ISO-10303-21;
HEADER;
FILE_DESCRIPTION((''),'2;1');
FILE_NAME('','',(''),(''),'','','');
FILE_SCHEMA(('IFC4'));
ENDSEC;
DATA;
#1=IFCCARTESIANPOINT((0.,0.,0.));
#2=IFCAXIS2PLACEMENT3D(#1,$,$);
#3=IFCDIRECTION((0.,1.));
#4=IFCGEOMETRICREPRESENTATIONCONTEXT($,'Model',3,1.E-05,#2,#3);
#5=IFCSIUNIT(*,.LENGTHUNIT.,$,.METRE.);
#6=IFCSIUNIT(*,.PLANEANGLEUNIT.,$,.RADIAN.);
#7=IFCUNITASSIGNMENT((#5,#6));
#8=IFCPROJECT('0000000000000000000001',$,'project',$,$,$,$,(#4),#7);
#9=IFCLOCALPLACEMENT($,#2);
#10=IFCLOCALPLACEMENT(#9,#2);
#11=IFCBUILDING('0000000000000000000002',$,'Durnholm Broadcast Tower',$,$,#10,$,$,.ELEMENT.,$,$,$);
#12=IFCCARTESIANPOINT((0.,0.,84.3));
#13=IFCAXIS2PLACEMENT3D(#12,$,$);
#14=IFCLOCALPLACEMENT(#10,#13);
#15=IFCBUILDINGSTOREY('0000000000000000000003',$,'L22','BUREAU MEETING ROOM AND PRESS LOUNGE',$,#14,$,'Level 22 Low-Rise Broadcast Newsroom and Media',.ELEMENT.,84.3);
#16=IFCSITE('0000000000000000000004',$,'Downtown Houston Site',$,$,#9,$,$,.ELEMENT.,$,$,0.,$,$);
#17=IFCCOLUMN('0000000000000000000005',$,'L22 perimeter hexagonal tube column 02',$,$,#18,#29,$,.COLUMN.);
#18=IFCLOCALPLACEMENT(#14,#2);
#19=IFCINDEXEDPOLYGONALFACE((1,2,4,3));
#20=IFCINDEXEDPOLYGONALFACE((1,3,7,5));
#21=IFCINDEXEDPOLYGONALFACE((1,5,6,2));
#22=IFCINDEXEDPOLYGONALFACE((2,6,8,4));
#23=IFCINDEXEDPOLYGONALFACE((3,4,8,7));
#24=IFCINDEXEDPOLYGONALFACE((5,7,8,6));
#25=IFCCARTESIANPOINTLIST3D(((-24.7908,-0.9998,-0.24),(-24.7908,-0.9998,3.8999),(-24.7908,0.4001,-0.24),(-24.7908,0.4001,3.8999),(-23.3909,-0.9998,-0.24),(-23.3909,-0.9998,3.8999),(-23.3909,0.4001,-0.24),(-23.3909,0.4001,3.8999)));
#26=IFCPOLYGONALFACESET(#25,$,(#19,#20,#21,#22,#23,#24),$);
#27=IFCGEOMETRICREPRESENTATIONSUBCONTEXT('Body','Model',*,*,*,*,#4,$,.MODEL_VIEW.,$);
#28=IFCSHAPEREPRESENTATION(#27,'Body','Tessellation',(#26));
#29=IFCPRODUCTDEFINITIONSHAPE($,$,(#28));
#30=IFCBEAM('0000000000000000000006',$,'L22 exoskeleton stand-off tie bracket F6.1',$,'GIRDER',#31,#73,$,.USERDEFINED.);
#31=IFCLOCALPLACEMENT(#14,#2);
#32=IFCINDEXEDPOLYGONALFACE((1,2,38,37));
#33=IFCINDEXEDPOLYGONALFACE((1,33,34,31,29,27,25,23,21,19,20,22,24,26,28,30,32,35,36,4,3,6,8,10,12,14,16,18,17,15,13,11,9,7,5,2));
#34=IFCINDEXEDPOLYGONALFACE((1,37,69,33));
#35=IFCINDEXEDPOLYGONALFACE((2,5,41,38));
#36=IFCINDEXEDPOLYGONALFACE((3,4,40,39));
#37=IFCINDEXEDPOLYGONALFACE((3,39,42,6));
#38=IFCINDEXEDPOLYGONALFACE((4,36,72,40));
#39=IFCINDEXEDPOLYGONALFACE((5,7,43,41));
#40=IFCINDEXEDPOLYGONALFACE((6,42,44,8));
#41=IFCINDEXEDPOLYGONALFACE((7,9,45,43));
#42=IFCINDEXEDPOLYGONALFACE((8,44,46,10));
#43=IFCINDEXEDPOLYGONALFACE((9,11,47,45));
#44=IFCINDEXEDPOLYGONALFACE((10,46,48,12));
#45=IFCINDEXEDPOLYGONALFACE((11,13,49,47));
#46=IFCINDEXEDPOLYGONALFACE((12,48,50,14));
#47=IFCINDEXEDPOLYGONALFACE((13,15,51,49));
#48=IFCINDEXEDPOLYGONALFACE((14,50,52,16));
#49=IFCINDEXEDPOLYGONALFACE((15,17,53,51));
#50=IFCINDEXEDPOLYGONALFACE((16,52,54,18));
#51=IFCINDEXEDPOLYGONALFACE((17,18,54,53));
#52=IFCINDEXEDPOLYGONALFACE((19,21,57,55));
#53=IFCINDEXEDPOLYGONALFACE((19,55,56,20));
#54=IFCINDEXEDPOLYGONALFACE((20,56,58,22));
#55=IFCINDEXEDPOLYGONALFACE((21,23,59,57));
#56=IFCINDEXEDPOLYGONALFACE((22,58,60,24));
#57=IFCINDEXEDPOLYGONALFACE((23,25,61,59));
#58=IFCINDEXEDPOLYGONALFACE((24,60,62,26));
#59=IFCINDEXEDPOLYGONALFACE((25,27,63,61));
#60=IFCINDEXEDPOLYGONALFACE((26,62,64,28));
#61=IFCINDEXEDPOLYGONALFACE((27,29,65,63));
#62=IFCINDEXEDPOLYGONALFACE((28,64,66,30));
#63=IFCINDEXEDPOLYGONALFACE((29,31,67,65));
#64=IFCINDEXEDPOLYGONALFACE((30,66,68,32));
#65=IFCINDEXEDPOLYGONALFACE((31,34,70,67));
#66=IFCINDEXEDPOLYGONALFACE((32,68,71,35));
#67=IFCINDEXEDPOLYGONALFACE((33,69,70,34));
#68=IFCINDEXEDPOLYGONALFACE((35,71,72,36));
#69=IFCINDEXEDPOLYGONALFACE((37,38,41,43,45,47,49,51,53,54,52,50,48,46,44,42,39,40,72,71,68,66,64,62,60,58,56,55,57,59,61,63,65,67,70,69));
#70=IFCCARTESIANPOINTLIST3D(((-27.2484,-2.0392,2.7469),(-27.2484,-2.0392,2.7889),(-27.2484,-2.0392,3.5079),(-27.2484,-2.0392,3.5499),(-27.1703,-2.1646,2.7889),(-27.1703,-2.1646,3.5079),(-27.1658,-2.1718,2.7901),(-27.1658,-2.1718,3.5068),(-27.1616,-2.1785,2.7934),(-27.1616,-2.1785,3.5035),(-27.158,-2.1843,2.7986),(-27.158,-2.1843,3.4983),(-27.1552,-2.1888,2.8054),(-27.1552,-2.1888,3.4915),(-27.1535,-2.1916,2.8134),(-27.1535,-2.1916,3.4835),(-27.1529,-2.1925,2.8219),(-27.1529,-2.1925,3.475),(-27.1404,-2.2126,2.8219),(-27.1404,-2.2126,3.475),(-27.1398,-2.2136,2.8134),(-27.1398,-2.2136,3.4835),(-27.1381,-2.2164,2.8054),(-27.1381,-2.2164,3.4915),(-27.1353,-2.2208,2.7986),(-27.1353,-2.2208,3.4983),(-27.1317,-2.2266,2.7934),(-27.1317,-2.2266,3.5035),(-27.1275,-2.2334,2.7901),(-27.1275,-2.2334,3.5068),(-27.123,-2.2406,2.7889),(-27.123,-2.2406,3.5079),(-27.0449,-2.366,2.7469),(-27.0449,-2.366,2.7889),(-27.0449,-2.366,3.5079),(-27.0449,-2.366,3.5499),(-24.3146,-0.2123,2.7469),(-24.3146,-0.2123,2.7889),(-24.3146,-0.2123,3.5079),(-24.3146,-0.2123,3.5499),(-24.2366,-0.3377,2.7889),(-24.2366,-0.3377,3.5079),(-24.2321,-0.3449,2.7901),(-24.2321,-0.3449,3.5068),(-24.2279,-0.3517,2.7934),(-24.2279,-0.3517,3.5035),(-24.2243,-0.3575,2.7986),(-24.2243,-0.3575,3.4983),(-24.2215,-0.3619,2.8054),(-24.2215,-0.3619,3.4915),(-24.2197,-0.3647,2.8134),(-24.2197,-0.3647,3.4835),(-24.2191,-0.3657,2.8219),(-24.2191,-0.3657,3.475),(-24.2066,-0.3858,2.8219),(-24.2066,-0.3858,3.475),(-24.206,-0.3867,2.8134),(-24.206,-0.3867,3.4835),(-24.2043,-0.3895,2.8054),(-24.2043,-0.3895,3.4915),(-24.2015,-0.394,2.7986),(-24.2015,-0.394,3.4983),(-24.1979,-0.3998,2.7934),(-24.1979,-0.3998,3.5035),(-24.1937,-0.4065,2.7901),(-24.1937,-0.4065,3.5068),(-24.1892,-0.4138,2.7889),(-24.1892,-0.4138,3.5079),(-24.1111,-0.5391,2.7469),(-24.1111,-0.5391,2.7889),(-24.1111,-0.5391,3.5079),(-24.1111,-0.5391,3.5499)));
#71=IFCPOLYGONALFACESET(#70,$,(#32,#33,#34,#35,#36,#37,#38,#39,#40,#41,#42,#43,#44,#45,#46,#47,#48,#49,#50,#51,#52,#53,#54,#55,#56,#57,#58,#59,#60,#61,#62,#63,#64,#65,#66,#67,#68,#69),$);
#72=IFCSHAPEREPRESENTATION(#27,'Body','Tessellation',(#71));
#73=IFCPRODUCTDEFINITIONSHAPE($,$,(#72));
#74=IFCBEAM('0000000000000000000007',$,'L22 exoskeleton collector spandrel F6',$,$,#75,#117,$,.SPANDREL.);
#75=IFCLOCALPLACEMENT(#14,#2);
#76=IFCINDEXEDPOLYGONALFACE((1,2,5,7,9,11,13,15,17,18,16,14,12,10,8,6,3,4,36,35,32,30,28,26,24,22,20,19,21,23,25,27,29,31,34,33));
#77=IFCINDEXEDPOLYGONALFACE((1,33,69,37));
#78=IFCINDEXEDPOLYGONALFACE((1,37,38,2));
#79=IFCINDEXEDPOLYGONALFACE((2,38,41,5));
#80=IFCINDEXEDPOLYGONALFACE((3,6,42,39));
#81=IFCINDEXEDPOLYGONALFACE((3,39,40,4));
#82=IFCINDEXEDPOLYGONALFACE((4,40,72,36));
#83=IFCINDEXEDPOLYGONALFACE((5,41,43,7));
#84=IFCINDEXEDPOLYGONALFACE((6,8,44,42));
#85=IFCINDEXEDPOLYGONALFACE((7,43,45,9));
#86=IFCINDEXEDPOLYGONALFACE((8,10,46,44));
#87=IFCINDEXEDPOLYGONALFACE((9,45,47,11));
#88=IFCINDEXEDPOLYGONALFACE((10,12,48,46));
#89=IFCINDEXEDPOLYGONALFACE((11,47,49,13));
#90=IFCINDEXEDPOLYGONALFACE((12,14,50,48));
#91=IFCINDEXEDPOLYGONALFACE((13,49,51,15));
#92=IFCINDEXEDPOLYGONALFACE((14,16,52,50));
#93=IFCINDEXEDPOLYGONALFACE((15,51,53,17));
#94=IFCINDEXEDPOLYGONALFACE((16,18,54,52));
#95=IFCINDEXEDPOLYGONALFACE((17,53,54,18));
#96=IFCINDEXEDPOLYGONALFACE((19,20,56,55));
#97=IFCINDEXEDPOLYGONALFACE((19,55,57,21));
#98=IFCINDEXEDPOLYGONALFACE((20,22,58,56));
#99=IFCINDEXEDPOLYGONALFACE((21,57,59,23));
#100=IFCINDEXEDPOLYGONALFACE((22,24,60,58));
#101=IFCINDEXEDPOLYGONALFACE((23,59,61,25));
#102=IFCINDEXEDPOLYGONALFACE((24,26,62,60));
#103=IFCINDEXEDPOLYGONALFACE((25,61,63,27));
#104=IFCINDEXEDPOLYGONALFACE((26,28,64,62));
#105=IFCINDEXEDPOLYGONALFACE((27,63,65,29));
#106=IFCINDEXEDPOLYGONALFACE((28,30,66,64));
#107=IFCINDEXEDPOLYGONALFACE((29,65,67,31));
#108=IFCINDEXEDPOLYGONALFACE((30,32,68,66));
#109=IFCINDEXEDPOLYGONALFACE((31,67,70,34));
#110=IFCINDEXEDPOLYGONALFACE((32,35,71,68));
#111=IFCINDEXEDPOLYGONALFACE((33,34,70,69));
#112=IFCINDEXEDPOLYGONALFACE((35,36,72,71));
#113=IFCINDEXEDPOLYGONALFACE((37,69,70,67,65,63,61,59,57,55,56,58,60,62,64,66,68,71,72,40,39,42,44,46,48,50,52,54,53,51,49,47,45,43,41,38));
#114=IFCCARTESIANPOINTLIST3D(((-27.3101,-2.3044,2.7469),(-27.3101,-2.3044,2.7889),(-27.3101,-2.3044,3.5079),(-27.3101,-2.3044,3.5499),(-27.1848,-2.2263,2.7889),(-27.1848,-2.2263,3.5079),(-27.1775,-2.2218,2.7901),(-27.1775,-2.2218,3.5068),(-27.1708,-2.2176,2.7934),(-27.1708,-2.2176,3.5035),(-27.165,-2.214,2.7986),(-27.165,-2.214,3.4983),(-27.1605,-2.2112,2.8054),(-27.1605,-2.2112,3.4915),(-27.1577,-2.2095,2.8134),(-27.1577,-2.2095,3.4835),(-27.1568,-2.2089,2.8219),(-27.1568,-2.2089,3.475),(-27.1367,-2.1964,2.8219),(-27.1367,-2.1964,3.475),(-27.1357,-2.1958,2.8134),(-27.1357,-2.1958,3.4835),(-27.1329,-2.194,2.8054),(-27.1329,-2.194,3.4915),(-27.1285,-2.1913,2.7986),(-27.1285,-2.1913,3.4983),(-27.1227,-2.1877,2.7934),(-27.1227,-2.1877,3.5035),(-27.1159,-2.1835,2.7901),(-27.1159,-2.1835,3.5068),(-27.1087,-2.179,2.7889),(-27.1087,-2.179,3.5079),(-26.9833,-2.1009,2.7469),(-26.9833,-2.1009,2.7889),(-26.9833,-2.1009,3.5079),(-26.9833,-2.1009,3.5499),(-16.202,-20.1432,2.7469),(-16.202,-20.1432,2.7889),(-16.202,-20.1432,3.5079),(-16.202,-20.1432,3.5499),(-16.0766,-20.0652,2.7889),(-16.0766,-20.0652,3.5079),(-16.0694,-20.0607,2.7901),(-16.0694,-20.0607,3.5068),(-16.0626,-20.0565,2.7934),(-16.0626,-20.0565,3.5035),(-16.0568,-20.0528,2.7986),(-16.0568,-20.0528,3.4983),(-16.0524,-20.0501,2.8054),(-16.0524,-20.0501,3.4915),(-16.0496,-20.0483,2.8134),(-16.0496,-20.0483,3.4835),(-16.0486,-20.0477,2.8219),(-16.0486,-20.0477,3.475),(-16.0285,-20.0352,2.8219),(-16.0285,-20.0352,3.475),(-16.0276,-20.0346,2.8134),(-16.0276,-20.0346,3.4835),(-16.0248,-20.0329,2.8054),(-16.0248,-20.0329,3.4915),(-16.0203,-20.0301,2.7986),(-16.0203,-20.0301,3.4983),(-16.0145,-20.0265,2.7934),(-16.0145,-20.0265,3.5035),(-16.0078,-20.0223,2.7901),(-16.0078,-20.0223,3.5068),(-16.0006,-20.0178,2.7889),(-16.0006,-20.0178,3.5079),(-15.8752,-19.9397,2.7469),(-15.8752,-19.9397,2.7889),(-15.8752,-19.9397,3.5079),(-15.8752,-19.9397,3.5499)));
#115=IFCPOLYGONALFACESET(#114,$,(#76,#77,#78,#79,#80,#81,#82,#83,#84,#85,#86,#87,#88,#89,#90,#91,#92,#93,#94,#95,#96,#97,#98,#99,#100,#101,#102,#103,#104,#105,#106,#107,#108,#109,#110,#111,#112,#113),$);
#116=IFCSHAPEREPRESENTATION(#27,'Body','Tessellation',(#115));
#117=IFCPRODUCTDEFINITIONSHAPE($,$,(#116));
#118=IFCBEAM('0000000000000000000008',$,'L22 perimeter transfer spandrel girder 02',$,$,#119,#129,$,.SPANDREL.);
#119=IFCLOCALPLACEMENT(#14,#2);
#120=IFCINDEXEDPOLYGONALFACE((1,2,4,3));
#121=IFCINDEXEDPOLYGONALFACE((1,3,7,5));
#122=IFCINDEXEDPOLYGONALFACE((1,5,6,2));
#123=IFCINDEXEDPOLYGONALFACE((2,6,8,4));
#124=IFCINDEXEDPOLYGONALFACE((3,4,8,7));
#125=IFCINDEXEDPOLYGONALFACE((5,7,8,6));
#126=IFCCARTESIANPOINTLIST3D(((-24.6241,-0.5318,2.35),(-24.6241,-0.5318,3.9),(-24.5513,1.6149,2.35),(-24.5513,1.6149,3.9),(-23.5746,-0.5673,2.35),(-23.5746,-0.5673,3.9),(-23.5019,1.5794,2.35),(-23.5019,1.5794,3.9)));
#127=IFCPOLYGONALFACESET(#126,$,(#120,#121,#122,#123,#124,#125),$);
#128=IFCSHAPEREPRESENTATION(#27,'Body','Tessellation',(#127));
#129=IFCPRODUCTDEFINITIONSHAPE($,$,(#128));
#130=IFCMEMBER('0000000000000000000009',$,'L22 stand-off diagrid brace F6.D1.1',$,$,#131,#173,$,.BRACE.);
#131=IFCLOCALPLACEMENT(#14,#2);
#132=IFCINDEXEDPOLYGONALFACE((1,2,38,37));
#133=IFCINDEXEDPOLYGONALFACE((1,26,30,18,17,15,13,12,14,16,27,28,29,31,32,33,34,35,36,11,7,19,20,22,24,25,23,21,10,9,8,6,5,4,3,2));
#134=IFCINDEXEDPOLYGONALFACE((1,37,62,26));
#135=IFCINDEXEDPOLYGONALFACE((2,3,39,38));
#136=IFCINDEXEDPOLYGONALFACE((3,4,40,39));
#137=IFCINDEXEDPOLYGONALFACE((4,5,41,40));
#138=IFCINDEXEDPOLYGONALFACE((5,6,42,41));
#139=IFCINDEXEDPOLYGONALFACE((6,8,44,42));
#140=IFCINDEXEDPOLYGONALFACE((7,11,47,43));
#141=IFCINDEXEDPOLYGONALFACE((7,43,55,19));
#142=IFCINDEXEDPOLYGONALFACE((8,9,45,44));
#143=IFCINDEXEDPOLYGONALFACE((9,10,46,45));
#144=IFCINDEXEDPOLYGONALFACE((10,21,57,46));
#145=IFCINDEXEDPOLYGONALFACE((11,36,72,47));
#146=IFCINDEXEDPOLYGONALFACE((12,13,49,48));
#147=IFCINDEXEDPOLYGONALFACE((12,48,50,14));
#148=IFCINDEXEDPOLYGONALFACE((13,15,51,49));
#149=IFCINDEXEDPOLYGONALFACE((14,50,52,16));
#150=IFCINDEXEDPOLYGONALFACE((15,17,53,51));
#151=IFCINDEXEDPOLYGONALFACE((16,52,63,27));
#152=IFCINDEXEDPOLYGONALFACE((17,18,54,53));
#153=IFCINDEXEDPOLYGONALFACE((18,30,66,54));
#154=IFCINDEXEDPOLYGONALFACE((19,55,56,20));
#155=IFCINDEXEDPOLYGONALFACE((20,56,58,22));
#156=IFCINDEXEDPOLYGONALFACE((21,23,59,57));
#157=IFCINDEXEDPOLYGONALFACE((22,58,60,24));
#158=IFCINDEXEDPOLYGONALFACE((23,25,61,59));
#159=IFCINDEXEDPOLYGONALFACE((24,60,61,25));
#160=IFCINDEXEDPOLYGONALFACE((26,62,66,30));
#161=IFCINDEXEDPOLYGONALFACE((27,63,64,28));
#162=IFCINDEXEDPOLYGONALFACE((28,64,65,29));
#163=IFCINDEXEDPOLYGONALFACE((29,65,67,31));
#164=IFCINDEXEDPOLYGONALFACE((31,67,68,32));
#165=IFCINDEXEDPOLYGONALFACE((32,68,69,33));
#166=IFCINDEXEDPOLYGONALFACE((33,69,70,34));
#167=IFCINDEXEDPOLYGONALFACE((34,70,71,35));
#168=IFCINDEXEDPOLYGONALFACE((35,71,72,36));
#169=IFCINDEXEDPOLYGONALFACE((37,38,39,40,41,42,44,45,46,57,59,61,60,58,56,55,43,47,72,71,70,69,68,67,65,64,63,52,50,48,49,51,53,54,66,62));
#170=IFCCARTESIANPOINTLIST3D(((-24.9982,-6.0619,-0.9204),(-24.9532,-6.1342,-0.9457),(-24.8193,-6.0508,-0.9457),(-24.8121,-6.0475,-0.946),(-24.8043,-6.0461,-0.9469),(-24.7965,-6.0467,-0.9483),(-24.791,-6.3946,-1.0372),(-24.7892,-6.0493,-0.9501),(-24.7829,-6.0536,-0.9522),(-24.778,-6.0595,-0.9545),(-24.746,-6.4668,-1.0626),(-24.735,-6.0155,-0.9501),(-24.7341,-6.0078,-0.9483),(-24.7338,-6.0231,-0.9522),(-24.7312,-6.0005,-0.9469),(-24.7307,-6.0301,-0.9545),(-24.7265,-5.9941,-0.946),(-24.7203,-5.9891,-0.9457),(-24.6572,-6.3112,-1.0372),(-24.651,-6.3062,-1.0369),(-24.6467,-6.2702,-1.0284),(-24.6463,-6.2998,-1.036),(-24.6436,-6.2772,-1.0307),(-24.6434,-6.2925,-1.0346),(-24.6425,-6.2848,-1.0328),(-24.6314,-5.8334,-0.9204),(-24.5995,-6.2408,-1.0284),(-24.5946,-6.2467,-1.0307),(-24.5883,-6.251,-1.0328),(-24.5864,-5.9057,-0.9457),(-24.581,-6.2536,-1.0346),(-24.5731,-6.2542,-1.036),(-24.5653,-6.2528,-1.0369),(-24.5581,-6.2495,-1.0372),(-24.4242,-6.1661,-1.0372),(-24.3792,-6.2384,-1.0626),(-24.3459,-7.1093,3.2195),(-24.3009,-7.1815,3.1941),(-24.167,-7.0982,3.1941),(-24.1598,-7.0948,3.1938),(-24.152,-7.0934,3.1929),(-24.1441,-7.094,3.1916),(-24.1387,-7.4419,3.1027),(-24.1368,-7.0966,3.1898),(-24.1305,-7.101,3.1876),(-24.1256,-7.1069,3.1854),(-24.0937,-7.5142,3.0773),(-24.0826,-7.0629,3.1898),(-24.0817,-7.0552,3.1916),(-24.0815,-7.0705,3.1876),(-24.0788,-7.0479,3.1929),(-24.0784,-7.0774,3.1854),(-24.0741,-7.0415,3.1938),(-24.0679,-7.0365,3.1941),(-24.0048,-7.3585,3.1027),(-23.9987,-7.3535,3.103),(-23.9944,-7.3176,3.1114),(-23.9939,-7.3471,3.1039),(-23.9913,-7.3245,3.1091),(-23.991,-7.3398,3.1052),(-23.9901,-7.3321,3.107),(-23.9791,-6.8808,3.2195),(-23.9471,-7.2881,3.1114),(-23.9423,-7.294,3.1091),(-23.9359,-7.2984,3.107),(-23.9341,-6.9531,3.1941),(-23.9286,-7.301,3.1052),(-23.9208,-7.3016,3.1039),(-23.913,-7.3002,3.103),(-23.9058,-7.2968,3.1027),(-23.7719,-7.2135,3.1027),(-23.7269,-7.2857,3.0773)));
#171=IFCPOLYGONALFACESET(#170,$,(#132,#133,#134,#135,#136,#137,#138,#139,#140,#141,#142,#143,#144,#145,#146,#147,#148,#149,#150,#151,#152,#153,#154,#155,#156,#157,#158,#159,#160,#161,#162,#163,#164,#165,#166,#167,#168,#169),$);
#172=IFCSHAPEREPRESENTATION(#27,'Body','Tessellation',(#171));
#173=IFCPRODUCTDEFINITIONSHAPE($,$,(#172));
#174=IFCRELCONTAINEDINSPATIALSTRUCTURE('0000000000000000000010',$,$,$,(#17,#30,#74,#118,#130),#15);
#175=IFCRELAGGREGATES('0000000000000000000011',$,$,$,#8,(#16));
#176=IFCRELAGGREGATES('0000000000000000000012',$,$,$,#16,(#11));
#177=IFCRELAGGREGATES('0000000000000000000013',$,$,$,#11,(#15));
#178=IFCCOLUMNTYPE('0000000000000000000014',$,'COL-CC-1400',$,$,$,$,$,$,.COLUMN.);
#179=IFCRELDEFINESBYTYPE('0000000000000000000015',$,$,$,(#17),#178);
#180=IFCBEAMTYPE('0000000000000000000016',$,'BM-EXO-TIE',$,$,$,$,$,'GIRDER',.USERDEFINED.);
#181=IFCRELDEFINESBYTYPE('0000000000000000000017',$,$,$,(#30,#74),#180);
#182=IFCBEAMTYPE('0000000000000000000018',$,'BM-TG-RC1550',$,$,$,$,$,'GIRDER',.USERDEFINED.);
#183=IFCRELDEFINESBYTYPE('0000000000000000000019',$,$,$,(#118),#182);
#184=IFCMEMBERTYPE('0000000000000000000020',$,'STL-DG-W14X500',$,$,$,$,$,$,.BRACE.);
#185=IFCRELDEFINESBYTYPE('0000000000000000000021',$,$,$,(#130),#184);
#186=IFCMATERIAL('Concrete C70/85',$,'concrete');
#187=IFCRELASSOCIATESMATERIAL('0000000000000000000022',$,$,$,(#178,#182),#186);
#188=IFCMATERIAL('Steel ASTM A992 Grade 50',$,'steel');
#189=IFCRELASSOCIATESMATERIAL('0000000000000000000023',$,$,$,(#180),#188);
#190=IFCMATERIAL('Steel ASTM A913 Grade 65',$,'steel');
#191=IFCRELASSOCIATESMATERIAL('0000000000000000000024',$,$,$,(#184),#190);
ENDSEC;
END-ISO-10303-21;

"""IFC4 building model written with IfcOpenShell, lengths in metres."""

from ifc_helpers import new_model, si_unit, direction, frame, origin, origin_2d, place, context, subcontext, project, spatial, rectangle, i_section, extrude, source, transform, mapped, material, material_profile, profile_set, type_object, type_shapes, element, save


model = new_model("IFC4")

# Units and contexts
model_context = context("Model", 3, precision=1e-05, world=origin(), true_north=direction((0.0, 1.0)))
body_context = subcontext(model_context, "Body", "Model", "MODEL_VIEW")
ifc_project = project(units=[si_unit("LENGTHUNIT", "METRE"), si_unit("PLANEANGLEUNIT", "RADIAN")], contexts=[model_context])

# Site, building, storey
site_placement = place(None, origin())
site = spatial("IfcSite", under=ifc_project, at=site_placement, Name="Downtown Houston Site", CompositionType="ELEMENT", RefElevation=0.0)
building_placement = place(site_placement, origin())
building = spatial("IfcBuilding", under=site, at=building_placement, Name="Durnholm Broadcast Tower", CompositionType="ELEMENT")
storey_placement = place(building_placement, frame((0.0, 0.0, 84.3)))
storey = spatial("IfcBuildingStorey", under=building, at=storey_placement, Name="L22", Description="BUREAU MEETING ROOM AND PRESS LOUNGE", LongName="Level 22 Low-Rise Broadcast Newsroom and Media", CompositionType="ELEMENT", Elevation=84.3)

# Column
ifc_material_1 = material(Name="Concrete C70/85", Category="concrete")
ifc_material_profile_1 = material_profile(ifc_material_1, rectangle(XDim=1.3999, YDim=1.3999, at=origin_2d()), Name="RC1400X1400")
ifc_profile_set_1 = profile_set([ifc_material_profile_1], Name="Concrete C70/85")
column_type = type_object("IfcColumnType", Name="COL-CC-1400", PredefinedType="COLUMN", material=ifc_profile_set_1)
shared_shape_1 = source(origin(), body_context, "Body", "SweptSolid", [
    extrude(rectangle(XDim=1.3999, YDim=1.3999, at=origin_2d()), origin(), (0.0, 0.0, 1.0), 4.1399),
])
type_shapes(column_type, [shared_shape_1])
column_placement = place(storey_placement, frame((-24.0908, -0.2998, -0.24), z_axis=(0.0, 0.0, 1.0), x_axis=(1.0, 0.0, 0.0)))
element("IfcColumn", 1, at=column_placement, inside=storey, type_object=column_type, Name="L22 perimeter hexagonal tube column 02", PredefinedType="COLUMN", context=body_context, shape_type="MappedRepresentation", body=[
    mapped(shared_shape_1, transform((0.0, 0.0, 0.0), x_axis=(1.0, 0.0, 0.0), y_axis=(0.0, 1.0, 0.0), z_axis=(0.0, 0.0, 1.0), scale=1.0)),
])

# Beams
ifc_material_2 = material(Name="Steel ASTM A992 Grade 50", Category="steel")
ifc_material_profile_2 = material_profile(ifc_material_2, i_section(OverallWidth=0.385, OverallDepth=0.803, WebThickness=0.0237, FlangeThickness=0.042, FilletRadius=0.033, at=origin_2d()), Name="W30X261")
ifc_profile_set_2 = profile_set([ifc_material_profile_2], Name="Steel ASTM A992 Grade 50")
beam_type_1 = type_object("IfcBeamType", Name="BM-EXO-TIE", ElementType="GIRDER", PredefinedType="USERDEFINED", material=ifc_profile_set_2)
shared_shape_2 = source(origin(), body_context, "Body", "SweptSolid", [
    extrude(i_section(OverallWidth=0.385, OverallDepth=0.803, WebThickness=0.0237, FlangeThickness=0.042, FilletRadius=0.033, at=origin_2d()), origin(), (0.0, 0.0, 1.0), 3.4561),
])
beam_1_placement = place(storey_placement, frame((-24.2129, -0.3757, 3.1484), z_axis=(-0.848874, -0.528595, 0.0), x_axis=(0.528595, -0.848874, 0.0)))
element("IfcBeam", 2, at=beam_1_placement, inside=storey, type_object=beam_type_1, Name="L22 exoskeleton stand-off tie bracket F6.1", ObjectType="GIRDER", PredefinedType="USERDEFINED", context=body_context, shape_type="MappedRepresentation", body=[
    mapped(shared_shape_2, transform((0.0, 0.0, 0.0), x_axis=(1.0, 0.0, 0.0), y_axis=(0.0, 1.0, 0.0), z_axis=(0.0, 0.0, 1.0), scale=1.0)),
])
shared_shape_3 = source(origin(), body_context, "Body", "SweptSolid", [
    extrude(i_section(OverallWidth=0.385, OverallDepth=0.803, WebThickness=0.0237, FlangeThickness=0.042, FilletRadius=0.033, at=origin_2d()), origin(), (0.0, 0.0, 1.0), 21.0146),
])
type_shapes(beam_type_1, [shared_shape_2, shared_shape_3])
beam_2_placement = place(storey_placement, frame((-27.1467, -2.2026, 3.1484), z_axis=(0.528591, -0.848877, 0.0), x_axis=(0.848877, 0.528591, 0.0)))
element("IfcBeam", 3, at=beam_2_placement, inside=storey, type_object=beam_type_1, Name="L22 exoskeleton collector spandrel F6", PredefinedType="SPANDREL", context=body_context, shape_type="MappedRepresentation", body=[
    mapped(shared_shape_3, transform((0.0, 0.0, 0.0), x_axis=(1.0, 0.0, 0.0), y_axis=(0.0, 1.0, 0.0), z_axis=(0.0, 0.0, 1.0), scale=1.0)),
])
ifc_material_profile_3 = material_profile(ifc_material_1, rectangle(XDim=1.05, YDim=1.55, at=origin_2d()), Name="RC1050X1550")
ifc_profile_set_3 = profile_set([ifc_material_profile_3], Name="Concrete C70/85")
beam_type_2 = type_object("IfcBeamType", Name="BM-TG-RC1550", ElementType="GIRDER", PredefinedType="USERDEFINED", material=ifc_profile_set_3)
shared_shape_4 = source(origin(), body_context, "Body", "SweptSolid", [
    extrude(rectangle(XDim=1.05, YDim=1.55, at=origin_2d()), origin(), (0.0, 0.0, 1.0), 2.1479),
])
type_shapes(beam_type_2, [shared_shape_4])
beam_3_placement = place(storey_placement, frame((-24.0994, -0.5496, 3.125), z_axis=(0.033871, 0.999426, 0.0), x_axis=(-0.999426, 0.033871, 0.0)))
element("IfcBeam", 4, at=beam_3_placement, inside=storey, type_object=beam_type_2, Name="L22 perimeter transfer spandrel girder 02", PredefinedType="SPANDREL", context=body_context, shape_type="MappedRepresentation", body=[
    mapped(shared_shape_4, transform((0.0, 0.0, 0.0), x_axis=(1.0, 0.0, 0.0), y_axis=(0.0, 1.0, 0.0), z_axis=(0.0, 0.0, 1.0), scale=1.0)),
])

# Member
ifc_material_3 = material(Name="Steel ASTM A913 Grade 65", Category="steel")
ifc_material_profile_4 = material_profile(ifc_material_3, i_section(OverallWidth=0.4321, OverallDepth=0.4978, WebThickness=0.0557, FlangeThickness=0.0889, FilletRadius=0.0305, at=origin_2d()), Name="W14X500")
ifc_profile_set_4 = profile_set([ifc_material_profile_4], Name="Steel ASTM A913 Grade 65")
member_type_1 = type_object("IfcMemberType", Name="STL-DG-W14X500", PredefinedType="BRACE", material=ifc_profile_set_4)
shared_shape_5 = source(origin(), body_context, "Body", "SweptSolid", [
    extrude(i_section(OverallWidth=0.4321, OverallDepth=0.4978, WebThickness=0.0557, FlangeThickness=0.0889, FilletRadius=0.0305, at=origin_2d()), origin(), (0.0, 0.0, 1.0), 4.3198),
])
type_shapes(member_type_1, [shared_shape_5])
for number, where, z_axis, x_axis, name in (
    (5, (-24.6887, -6.1501, -0.9915), (0.15101, -0.242453, 0.958338), (0.84882, 0.528682, 0.0), "L22 stand-off diagrid brace F6.D1.1"),
):
    element("IfcMember", number, at=place(storey_placement, frame(where, z_axis=z_axis, x_axis=x_axis)), inside=storey, type_object=member_type_1, Name=name, PredefinedType="BRACE", context=body_context, shape_type="MappedRepresentation", body=[
        mapped(shared_shape_5, transform((0.0, 0.0, 0.0), x_axis=(1.0, 0.0, 0.0), y_axis=(0.0, 1.0, 0.0), z_axis=(0.0, 0.0, 1.0), scale=1.0)),
    ])

save(model, "model.ifc")
